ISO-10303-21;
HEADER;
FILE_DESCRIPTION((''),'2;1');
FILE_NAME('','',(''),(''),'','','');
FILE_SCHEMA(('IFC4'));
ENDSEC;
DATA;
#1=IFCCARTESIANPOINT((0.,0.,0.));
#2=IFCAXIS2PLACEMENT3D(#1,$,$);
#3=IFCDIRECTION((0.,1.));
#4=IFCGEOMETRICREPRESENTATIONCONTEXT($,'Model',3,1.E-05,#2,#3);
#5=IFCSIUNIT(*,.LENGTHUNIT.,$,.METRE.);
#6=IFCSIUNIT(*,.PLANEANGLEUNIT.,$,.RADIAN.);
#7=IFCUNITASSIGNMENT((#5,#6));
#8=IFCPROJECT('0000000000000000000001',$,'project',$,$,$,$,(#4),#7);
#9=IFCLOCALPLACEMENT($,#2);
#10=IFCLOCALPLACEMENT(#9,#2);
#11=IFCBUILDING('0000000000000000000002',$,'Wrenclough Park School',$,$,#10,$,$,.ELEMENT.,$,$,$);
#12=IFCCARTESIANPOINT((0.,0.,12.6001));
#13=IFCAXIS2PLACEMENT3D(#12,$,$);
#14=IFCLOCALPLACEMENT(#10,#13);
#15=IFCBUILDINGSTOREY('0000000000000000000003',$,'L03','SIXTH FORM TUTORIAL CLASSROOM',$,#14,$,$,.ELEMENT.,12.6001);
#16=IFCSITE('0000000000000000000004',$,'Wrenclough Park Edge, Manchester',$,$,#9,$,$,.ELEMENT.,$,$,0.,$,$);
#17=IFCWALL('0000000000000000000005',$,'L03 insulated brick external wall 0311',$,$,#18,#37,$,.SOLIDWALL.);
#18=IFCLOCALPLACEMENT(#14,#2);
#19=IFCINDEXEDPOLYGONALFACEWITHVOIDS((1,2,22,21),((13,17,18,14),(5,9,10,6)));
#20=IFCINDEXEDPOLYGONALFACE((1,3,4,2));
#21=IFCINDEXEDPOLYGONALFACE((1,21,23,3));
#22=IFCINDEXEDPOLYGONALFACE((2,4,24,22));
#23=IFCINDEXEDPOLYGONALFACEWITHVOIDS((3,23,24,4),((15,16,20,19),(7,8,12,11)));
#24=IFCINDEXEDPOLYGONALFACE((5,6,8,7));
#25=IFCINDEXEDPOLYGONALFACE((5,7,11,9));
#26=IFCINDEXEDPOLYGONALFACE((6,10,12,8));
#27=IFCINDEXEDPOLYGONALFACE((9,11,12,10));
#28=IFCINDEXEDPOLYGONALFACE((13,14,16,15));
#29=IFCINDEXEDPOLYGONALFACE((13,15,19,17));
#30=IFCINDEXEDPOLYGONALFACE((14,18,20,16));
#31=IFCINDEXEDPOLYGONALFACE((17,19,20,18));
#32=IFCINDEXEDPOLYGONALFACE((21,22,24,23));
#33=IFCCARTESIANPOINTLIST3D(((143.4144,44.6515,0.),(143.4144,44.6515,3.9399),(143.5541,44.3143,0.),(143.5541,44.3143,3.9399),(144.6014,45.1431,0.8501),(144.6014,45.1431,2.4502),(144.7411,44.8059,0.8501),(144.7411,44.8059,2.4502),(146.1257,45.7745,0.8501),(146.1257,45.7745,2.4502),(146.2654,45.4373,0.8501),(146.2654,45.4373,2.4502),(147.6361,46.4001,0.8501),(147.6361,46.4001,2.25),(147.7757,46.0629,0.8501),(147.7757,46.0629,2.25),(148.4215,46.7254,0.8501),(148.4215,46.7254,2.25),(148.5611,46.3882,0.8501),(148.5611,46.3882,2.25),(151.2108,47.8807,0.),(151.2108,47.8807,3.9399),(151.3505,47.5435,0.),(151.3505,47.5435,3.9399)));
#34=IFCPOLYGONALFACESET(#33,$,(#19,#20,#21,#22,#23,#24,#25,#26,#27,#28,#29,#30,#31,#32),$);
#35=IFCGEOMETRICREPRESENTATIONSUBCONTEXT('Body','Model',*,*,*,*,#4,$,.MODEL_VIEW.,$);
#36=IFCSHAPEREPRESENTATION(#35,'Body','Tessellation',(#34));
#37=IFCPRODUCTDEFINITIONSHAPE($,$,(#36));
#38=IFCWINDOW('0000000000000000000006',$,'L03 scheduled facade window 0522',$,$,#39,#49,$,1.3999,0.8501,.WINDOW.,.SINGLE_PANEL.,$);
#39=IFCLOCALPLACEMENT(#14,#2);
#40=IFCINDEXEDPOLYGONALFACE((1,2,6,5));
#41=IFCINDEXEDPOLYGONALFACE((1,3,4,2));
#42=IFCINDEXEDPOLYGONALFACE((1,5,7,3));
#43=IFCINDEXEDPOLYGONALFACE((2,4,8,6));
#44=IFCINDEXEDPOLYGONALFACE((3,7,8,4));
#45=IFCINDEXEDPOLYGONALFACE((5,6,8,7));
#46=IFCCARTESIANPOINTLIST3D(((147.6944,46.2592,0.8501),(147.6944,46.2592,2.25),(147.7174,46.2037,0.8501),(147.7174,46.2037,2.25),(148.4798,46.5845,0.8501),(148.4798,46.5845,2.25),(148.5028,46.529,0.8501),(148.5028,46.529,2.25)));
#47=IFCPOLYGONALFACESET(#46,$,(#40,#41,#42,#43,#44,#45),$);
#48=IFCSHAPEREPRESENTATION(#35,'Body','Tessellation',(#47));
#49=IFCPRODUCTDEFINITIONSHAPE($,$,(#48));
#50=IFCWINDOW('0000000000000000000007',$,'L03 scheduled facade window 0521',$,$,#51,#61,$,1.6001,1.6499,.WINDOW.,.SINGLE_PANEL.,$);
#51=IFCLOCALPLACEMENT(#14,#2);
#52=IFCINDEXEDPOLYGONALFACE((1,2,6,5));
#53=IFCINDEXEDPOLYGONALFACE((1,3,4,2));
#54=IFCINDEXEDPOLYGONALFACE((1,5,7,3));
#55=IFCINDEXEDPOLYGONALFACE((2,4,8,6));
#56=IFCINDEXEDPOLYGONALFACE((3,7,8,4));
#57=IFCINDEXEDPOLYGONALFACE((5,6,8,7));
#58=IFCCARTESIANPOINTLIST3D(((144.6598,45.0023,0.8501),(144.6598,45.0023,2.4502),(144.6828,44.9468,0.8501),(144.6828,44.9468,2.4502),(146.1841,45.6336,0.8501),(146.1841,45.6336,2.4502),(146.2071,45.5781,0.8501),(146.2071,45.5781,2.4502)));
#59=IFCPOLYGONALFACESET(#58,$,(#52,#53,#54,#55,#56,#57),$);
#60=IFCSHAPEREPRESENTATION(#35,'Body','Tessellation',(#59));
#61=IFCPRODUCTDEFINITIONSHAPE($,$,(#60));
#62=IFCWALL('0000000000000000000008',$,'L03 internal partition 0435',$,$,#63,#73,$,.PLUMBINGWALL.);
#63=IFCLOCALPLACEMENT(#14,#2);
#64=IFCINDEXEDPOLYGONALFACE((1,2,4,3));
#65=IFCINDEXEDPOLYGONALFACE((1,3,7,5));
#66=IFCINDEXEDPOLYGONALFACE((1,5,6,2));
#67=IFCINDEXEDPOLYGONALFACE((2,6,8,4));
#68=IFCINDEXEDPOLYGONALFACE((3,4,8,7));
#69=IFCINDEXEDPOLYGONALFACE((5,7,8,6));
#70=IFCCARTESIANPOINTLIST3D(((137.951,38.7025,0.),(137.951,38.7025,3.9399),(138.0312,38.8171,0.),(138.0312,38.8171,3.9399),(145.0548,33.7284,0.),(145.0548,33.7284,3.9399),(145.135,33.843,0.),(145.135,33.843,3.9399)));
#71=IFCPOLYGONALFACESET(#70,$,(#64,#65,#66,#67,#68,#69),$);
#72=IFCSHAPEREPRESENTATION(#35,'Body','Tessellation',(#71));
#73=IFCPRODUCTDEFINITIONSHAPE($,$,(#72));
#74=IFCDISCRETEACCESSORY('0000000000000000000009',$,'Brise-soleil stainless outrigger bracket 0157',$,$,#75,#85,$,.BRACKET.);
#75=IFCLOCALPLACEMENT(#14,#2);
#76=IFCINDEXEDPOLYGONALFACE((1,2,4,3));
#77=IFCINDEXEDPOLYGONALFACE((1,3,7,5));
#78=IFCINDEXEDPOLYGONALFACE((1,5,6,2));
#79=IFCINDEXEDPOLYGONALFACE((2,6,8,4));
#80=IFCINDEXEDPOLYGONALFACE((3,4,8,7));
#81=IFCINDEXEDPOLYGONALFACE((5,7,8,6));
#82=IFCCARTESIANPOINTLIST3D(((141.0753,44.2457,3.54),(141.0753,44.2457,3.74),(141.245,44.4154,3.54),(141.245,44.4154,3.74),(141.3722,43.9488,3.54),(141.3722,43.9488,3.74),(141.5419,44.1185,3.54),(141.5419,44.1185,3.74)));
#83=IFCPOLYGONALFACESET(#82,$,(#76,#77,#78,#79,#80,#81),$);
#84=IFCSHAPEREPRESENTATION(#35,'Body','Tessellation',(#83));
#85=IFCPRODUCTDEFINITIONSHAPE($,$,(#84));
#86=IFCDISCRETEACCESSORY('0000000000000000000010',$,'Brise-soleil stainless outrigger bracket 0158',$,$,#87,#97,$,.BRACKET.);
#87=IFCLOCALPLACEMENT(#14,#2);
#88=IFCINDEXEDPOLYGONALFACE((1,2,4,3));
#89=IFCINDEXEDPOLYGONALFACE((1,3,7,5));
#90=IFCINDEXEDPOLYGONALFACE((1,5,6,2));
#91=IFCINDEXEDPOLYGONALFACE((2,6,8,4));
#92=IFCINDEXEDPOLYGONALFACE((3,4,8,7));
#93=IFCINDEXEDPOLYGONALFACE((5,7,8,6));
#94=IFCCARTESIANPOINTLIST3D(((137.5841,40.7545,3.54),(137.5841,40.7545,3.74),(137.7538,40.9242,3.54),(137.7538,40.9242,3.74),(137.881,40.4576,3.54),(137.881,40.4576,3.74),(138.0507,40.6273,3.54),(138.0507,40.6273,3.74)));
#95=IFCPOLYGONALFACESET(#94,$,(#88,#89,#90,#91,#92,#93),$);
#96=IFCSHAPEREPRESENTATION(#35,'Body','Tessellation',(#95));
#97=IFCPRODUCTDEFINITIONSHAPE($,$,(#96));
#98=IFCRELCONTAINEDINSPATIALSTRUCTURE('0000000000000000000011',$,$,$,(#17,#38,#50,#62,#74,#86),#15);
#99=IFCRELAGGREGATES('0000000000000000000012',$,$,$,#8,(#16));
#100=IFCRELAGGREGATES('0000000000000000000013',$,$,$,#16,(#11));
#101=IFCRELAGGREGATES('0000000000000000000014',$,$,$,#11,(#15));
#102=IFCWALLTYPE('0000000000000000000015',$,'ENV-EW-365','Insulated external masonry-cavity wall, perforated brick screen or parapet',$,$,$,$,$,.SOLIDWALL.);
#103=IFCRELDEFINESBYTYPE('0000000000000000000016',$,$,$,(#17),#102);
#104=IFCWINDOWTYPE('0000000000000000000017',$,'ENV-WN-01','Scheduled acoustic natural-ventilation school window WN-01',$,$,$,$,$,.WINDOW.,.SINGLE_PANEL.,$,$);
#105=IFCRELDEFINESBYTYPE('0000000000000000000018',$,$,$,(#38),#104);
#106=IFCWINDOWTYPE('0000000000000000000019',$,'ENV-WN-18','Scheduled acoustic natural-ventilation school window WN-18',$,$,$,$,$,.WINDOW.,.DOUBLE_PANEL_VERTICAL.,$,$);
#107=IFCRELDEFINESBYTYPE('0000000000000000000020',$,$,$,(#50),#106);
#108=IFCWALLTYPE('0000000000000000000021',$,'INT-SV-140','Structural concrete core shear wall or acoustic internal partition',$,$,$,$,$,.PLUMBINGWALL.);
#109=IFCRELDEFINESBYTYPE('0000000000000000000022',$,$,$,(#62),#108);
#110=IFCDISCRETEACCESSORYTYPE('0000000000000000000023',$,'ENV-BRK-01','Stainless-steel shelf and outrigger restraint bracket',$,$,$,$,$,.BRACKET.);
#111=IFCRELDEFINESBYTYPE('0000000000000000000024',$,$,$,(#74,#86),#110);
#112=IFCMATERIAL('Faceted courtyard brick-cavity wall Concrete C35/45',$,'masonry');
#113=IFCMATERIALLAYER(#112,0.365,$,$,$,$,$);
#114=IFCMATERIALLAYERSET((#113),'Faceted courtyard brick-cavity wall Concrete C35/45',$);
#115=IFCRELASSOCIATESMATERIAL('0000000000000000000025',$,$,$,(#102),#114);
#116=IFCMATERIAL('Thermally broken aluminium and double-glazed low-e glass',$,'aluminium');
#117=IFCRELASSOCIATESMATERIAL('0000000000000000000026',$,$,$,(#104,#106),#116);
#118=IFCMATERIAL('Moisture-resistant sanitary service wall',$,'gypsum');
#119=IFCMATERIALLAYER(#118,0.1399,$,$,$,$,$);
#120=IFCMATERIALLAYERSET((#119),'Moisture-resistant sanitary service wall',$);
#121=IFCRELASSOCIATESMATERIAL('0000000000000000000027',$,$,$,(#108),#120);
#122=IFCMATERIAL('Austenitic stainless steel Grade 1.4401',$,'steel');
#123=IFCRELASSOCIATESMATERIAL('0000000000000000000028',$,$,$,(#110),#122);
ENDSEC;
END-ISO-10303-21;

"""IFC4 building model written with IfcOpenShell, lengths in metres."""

from ifc_helpers import new_model, si_unit, direction, frame, frame_2d, origin, origin_2d, place, context, subcontext, project, spatial, rectangle, extrude, material, layer, layer_set, type_object, element, fill, save


model = new_model("IFC4")

# Units and contexts
model_context = context("Model", 3, precision=1e-05, world=origin(), true_north=direction((0.0, 1.0)))
body_context = subcontext(model_context, "Body", "Model", "MODEL_VIEW")
ifc_project = project(units=[si_unit("LENGTHUNIT", "METRE"), si_unit("PLANEANGLEUNIT", "RADIAN")], contexts=[model_context])

# Site, building, storey
site_placement = place(None, origin())
site = spatial("IfcSite", under=ifc_project, at=site_placement, Name="Wrenclough Park Edge, Manchester", CompositionType="ELEMENT", RefElevation=0.0)
building_placement = place(site_placement, origin())
building = spatial("IfcBuilding", under=site, at=building_placement, Name="Wrenclough Park School", CompositionType="ELEMENT")
storey_placement = place(building_placement, frame((0.0, 0.0, 12.6001)))
storey = spatial("IfcBuildingStorey", under=building, at=storey_placement, Name="L03", Description="SIXTH FORM TUTORIAL CLASSROOM", CompositionType="ELEMENT", Elevation=12.6001)

# Wall, openings, windows
ifc_material_1 = material(Name="Faceted courtyard brick-cavity wall Concrete C35/45", Category="masonry")
ifc_layer_1 = layer(ifc_material_1, 0.365)
ifc_layer_set_1 = layer_set([ifc_layer_1], Name="Faceted courtyard brick-cavity wall Concrete C35/45")
wall_type_1 = type_object("IfcWallType", Name="ENV-EW-365", Description="Insulated external masonry-cavity wall, perforated brick screen or parapet", PredefinedType="SOLIDWALL", material=ifc_layer_set_1)
wall_1_placement = place(storey_placement, frame((143.4844, 44.4829, 0.0), z_axis=(0.0, 0.0, 1.0), x_axis=(0.923885, 0.382671, 0.0)))
wall_1 = element("IfcWall", 1, at=wall_1_placement, inside=storey, type_object=wall_type_1, Name="L03 insulated brick external wall 0311", PredefinedType="SOLIDWALL", context=body_context, shape_type="SweptSolid", body=[
    extrude(rectangle(XDim=8.4387, YDim=0.365, at=frame_2d((4.2192, 0.0))), origin(), (0.0, 0.0, 1.0), 3.9399),
])
opening_1_placement = place(wall_1_placement, frame((1.2847, 0.0, 0.8501)))
opening_1 = element("IfcOpeningElement", 2, at=opening_1_placement, cuts=wall_1, PredefinedType="OPENING", context=body_context, shape_type="SweptSolid", body=[
    extrude(rectangle(XDim=1.6499, YDim=1.6001, at=frame_2d((0.825, 0.8))), frame((0.0, 0.1924, 0.0), z_axis=(0.0, -1.0, 0.0), x_axis=(1.0, 0.0, 0.0)), (0.0, 0.0, 1.0), 0.385),
])
opening_2_placement = place(wall_1_placement, frame((4.5693, 0.0, 0.8501)))
opening_2 = element("IfcOpeningElement", 3, at=opening_2_placement, cuts=wall_1, PredefinedType="OPENING", context=body_context, shape_type="SweptSolid", body=[
    extrude(rectangle(XDim=0.8501, YDim=1.3999, at=frame_2d((0.425, 0.7))), frame((0.0, 0.1924, 0.0), z_axis=(0.0, -1.0, 0.0), x_axis=(1.0, 0.0, 0.0)), (0.0, 0.0, 1.0), 0.385),
])
ifc_material_2 = material(Name="Thermally broken aluminium and double-glazed low-e glass", Category="aluminium")
window_type_1 = type_object("IfcWindowType", Name="ENV-WN-01", Description="Scheduled acoustic natural-ventilation school window WN-01", PartitioningType="SINGLE_PANEL", PredefinedType="WINDOW", material=ifc_material_2)
window_1_placement = place(opening_2_placement, origin())
window_1 = element("IfcWindow", 4, at=window_1_placement, inside=storey, type_object=window_type_1, Name="L03 scheduled facade window 0522", OverallHeight=1.3999, OverallWidth=0.8501, PartitioningType="SINGLE_PANEL", PredefinedType="WINDOW", context=body_context, shape_type="SweptSolid", body=[
    extrude(rectangle(XDim=0.8501, YDim=1.3999, at=frame_2d((0.425, 0.7))), frame((0.0, 0.03, 0.0), z_axis=(0.0, -1.0, 0.0), x_axis=(1.0, 0.0, 0.0)), (0.0, 0.0, 1.0), 0.0601),
])
fill(opening_2, window_1)
window_type_2 = type_object("IfcWindowType", Name="ENV-WN-18", Description="Scheduled acoustic natural-ventilation school window WN-18", PartitioningType="DOUBLE_PANEL_VERTICAL", PredefinedType="WINDOW", material=ifc_material_2)
window_2_placement = place(opening_1_placement, origin())
window_2 = element("IfcWindow", 5, at=window_2_placement, inside=storey, type_object=window_type_2, Name="L03 scheduled facade window 0521", OverallHeight=1.6001, OverallWidth=1.6499, PartitioningType="SINGLE_PANEL", PredefinedType="WINDOW", context=body_context, shape_type="SweptSolid", body=[
    extrude(rectangle(XDim=1.6499, YDim=1.6001, at=frame_2d((0.825, 0.8))), frame((0.0, 0.03, 0.0), z_axis=(0.0, -1.0, 0.0), x_axis=(1.0, 0.0, 0.0)), (0.0, 0.0, 1.0), 0.0601),
])
fill(opening_1, window_2)

# Wall
ifc_material_3 = material(Name="Moisture-resistant sanitary service wall", Category="gypsum")
ifc_layer_2 = layer(ifc_material_3, 0.1399)
ifc_layer_set_2 = layer_set([ifc_layer_2], Name="Moisture-resistant sanitary service wall")
wall_type_2 = type_object("IfcWallType", Name="INT-SV-140", Description="Structural concrete core shear wall or acoustic internal partition", PredefinedType="PLUMBINGWALL", material=ifc_layer_set_2)
wall_2_placement = place(storey_placement, frame((137.9912, 38.7598, 0.0), z_axis=(0.0, 0.0, 1.0), x_axis=(0.819151, -0.573578, 0.0)))
element("IfcWall", 6, at=wall_2_placement, inside=storey, type_object=wall_type_2, Name="L03 internal partition 0435", PredefinedType="PLUMBINGWALL", context=body_context, shape_type="SweptSolid", body=[
    extrude(rectangle(XDim=8.6721, YDim=0.1399, at=frame_2d((4.3359, 0.0))), origin(), (0.0, 0.0, 1.0), 3.9399),
])

# Discrete accessories
ifc_material_4 = material(Name="Austenitic stainless steel Grade 1.4401", Category="steel")
discrete_accessory_type = type_object("IfcDiscreteAccessoryType", Name="ENV-BRK-01", Description="Stainless-steel shelf and outrigger restraint bracket", PredefinedType="BRACKET", material=ifc_material_4)
for number, where, z_axis, x_axis, name in (
    (7, (141.3086, 44.1821, 3.54), (0.0, 0.0, 1.0), (-0.707107, -0.707107, 0.0), "Brise-soleil stainless outrigger bracket 0157"),
    (8, (137.8174, 40.6909, 3.54), (0.0, 0.0, 1.0), (-0.707107, -0.707107, 0.0), "Brise-soleil stainless outrigger bracket 0158"),
):
    element("IfcDiscreteAccessory", number, at=place(storey_placement, frame(where, z_axis=z_axis, x_axis=x_axis)), inside=storey, type_object=discrete_accessory_type, Name=name, PredefinedType="BRACKET", context=body_context, shape_type="SweptSolid", body=[
        extrude(rectangle(XDim=0.24, YDim=0.4199, at=origin_2d()), origin(), (0.0, 0.0, 1.0), 0.2),
    ])

save(model, "model.ifc")
